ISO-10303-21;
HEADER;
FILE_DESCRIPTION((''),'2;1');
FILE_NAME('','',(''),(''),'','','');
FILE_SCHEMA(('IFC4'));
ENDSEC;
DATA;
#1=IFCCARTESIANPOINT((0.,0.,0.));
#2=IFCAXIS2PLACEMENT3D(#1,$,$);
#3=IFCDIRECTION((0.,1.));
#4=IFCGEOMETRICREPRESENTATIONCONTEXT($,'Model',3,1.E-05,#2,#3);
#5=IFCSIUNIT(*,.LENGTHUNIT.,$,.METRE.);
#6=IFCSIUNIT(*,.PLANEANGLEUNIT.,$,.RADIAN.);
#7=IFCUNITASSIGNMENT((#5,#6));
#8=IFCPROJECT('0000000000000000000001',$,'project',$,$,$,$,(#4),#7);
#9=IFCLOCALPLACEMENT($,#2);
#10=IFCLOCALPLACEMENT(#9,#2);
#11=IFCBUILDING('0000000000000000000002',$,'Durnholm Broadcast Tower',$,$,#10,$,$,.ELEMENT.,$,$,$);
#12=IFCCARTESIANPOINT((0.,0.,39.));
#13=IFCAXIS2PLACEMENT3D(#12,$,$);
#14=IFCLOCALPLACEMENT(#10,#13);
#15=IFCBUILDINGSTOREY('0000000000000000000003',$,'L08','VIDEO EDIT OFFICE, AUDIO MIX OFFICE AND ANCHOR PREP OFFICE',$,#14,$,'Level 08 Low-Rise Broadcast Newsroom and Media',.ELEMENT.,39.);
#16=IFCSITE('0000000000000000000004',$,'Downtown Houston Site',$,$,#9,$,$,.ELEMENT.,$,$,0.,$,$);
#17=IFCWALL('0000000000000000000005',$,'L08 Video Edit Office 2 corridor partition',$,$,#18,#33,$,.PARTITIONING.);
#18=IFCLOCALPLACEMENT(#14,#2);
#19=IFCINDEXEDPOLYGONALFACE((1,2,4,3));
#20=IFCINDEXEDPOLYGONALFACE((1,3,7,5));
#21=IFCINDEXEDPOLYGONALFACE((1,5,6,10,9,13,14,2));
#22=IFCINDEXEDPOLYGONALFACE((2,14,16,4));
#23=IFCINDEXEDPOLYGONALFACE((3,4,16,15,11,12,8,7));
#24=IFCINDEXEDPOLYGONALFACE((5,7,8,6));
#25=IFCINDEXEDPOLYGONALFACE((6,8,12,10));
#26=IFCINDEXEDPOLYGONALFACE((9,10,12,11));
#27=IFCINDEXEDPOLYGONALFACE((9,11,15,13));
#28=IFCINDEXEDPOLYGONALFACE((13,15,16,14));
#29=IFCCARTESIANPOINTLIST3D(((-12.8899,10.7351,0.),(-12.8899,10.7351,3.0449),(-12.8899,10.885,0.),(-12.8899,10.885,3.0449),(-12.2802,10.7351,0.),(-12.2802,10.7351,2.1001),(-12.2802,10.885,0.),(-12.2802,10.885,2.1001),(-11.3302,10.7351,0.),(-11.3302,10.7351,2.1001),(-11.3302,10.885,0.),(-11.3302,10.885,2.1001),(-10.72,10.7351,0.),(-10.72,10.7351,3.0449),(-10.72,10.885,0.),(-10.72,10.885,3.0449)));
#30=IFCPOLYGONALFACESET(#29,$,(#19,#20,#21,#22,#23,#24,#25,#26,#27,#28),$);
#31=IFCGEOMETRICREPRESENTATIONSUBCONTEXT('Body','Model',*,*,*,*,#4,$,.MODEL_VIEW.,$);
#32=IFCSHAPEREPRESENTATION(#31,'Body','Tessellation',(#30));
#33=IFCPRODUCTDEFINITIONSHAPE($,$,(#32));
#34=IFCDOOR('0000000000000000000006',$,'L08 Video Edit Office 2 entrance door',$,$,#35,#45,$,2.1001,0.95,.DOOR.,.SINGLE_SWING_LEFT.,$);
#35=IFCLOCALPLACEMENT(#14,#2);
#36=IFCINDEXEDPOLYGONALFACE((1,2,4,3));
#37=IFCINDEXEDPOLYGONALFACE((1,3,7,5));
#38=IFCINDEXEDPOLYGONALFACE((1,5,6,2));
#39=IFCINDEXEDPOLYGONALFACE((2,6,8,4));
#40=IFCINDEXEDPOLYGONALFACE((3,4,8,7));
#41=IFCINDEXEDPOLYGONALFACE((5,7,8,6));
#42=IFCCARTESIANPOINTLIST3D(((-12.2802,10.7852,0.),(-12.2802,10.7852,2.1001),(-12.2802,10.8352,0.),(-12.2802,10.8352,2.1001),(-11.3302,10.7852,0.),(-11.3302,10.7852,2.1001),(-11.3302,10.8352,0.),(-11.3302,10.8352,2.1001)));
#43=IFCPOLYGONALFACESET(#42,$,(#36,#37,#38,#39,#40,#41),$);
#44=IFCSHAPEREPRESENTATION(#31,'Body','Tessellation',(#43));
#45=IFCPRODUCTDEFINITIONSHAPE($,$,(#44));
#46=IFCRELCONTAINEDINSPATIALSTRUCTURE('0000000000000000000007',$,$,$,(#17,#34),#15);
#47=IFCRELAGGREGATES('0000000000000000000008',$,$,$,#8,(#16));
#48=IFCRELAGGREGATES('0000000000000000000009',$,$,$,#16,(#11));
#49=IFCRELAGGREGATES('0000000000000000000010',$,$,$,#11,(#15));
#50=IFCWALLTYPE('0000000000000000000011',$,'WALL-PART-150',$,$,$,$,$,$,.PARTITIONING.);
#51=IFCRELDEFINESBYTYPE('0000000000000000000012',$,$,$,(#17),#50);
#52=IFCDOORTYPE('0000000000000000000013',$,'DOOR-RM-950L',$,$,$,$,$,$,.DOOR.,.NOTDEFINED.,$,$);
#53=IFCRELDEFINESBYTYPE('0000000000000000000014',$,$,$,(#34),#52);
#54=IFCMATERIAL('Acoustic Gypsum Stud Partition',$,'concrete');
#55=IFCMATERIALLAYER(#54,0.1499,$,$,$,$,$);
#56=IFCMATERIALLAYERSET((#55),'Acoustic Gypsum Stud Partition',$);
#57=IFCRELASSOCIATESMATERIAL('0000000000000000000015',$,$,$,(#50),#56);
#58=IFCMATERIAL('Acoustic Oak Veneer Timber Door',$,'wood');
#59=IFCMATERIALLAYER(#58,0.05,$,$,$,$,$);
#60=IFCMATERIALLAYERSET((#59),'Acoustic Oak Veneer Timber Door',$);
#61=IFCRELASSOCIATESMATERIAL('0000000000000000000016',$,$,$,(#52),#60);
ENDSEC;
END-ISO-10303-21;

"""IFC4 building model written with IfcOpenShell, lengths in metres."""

from ifc_helpers import new_model, si_unit, direction, frame, frame_2d, origin, place, context, subcontext, project, spatial, rectangle, extrude, source, transform, mapped, material, layer, layer_set, type_object, type_shapes, element, fill, save


model = new_model("IFC4")

# Units and contexts
model_context = context("Model", 3, precision=1e-05, world=origin(), true_north=direction((0.0, 1.0)))
body_context = subcontext(model_context, "Body", "Model", "MODEL_VIEW")
ifc_project = project(units=[si_unit("LENGTHUNIT", "METRE"), si_unit("PLANEANGLEUNIT", "RADIAN")], contexts=[model_context])

# Site, building, storey
site_placement = place(None, origin())
site = spatial("IfcSite", under=ifc_project, at=site_placement, Name="Downtown Houston Site", CompositionType="ELEMENT", RefElevation=0.0)
building_placement = place(site_placement, origin())
building = spatial("IfcBuilding", under=site, at=building_placement, Name="Durnholm Broadcast Tower", CompositionType="ELEMENT")
storey_placement = place(building_placement, frame((0.0, 0.0, 39.0)))
storey = spatial("IfcBuildingStorey", under=building, at=storey_placement, Name="L08", Description="VIDEO EDIT OFFICE, AUDIO MIX OFFICE AND ANCHOR PREP OFFICE", LongName="Level 08 Low-Rise Broadcast Newsroom and Media", CompositionType="ELEMENT", Elevation=39.0)

# Wall, opening, door
ifc_material_1 = material(Name="Acoustic Gypsum Stud Partition", Category="concrete")
ifc_layer_1 = layer(ifc_material_1, 0.1499)
ifc_layer_set_1 = layer_set([ifc_layer_1], Name="Acoustic Gypsum Stud Partition")
wall_type_1 = type_object("IfcWallType", Name="WALL-PART-150", PredefinedType="PARTITIONING", material=ifc_layer_set_1)
wall_1_placement = place(storey_placement, frame((-10.72, 10.8101, 0.0), z_axis=(0.0, 0.0, 1.0), x_axis=(-1.0, 0.0, 0.0)))
wall_1 = element("IfcWall", 1, at=wall_1_placement, inside=storey, type_object=wall_type_1, Name="L08 Video Edit Office 2 corridor partition", PredefinedType="PARTITIONING", context=body_context, shape_type="SweptSolid", body=[
    extrude(rectangle(XDim=2.1699, YDim=0.1499, at=frame_2d((1.085, 0.0))), origin(), (0.0, 0.0, 1.0), 3.0449),
])
opening_1_placement = place(wall_1_placement, frame((0.6101, 0.0, 0.0)))
opening_1 = element("IfcOpeningElement", 2, at=opening_1_placement, cuts=wall_1, PredefinedType="OPENING", context=body_context, shape_type="SweptSolid", body=[
    extrude(rectangle(XDim=0.95, YDim=2.1001, at=frame_2d((0.4751, 1.05))), frame((0.0, 0.085, 0.0), z_axis=(0.0, -1.0, 0.0), x_axis=(1.0, 0.0, 0.0)), (0.0, 0.0, 1.0), 0.1699),
])
ifc_material_2 = material(Name="Acoustic Oak Veneer Timber Door", Category="wood")
ifc_layer_2 = layer(ifc_material_2, 0.05)
ifc_layer_set_2 = layer_set([ifc_layer_2], Name="Acoustic Oak Veneer Timber Door")
door_type_1 = type_object("IfcDoorType", Name="DOOR-RM-950L", OperationType="NOTDEFINED", PredefinedType="DOOR", material=ifc_layer_set_2)
shared_shape_1 = source(origin(), body_context, "Body", "SweptSolid", [
    extrude(rectangle(XDim=0.95, YDim=2.1001, at=frame_2d((0.4751, 1.05))), frame((0.0, 0.0249, 0.0), z_axis=(0.0, -1.0, 0.0), x_axis=(1.0, 0.0, 0.0)), (0.0, 0.0, 1.0), 0.05),
])
type_shapes(door_type_1, [shared_shape_1])
door_1_placement = place(opening_1_placement, origin())
door_1 = element("IfcDoor", 3, at=door_1_placement, inside=storey, type_object=door_type_1, Name="L08 Video Edit Office 2 entrance door", OperationType="SINGLE_SWING_LEFT", OverallHeight=2.1001, OverallWidth=0.95, PredefinedType="DOOR", context=body_context, shape_type="MappedRepresentation", body=[
    mapped(shared_shape_1, transform((0.0, 0.0, 0.0), x_axis=(1.0, 0.0, 0.0), y_axis=(0.0, 1.0, 0.0), z_axis=(0.0, 0.0, 1.0), scale=1.0)),
])
fill(opening_1, door_1)

save(model, "model.ifc")
